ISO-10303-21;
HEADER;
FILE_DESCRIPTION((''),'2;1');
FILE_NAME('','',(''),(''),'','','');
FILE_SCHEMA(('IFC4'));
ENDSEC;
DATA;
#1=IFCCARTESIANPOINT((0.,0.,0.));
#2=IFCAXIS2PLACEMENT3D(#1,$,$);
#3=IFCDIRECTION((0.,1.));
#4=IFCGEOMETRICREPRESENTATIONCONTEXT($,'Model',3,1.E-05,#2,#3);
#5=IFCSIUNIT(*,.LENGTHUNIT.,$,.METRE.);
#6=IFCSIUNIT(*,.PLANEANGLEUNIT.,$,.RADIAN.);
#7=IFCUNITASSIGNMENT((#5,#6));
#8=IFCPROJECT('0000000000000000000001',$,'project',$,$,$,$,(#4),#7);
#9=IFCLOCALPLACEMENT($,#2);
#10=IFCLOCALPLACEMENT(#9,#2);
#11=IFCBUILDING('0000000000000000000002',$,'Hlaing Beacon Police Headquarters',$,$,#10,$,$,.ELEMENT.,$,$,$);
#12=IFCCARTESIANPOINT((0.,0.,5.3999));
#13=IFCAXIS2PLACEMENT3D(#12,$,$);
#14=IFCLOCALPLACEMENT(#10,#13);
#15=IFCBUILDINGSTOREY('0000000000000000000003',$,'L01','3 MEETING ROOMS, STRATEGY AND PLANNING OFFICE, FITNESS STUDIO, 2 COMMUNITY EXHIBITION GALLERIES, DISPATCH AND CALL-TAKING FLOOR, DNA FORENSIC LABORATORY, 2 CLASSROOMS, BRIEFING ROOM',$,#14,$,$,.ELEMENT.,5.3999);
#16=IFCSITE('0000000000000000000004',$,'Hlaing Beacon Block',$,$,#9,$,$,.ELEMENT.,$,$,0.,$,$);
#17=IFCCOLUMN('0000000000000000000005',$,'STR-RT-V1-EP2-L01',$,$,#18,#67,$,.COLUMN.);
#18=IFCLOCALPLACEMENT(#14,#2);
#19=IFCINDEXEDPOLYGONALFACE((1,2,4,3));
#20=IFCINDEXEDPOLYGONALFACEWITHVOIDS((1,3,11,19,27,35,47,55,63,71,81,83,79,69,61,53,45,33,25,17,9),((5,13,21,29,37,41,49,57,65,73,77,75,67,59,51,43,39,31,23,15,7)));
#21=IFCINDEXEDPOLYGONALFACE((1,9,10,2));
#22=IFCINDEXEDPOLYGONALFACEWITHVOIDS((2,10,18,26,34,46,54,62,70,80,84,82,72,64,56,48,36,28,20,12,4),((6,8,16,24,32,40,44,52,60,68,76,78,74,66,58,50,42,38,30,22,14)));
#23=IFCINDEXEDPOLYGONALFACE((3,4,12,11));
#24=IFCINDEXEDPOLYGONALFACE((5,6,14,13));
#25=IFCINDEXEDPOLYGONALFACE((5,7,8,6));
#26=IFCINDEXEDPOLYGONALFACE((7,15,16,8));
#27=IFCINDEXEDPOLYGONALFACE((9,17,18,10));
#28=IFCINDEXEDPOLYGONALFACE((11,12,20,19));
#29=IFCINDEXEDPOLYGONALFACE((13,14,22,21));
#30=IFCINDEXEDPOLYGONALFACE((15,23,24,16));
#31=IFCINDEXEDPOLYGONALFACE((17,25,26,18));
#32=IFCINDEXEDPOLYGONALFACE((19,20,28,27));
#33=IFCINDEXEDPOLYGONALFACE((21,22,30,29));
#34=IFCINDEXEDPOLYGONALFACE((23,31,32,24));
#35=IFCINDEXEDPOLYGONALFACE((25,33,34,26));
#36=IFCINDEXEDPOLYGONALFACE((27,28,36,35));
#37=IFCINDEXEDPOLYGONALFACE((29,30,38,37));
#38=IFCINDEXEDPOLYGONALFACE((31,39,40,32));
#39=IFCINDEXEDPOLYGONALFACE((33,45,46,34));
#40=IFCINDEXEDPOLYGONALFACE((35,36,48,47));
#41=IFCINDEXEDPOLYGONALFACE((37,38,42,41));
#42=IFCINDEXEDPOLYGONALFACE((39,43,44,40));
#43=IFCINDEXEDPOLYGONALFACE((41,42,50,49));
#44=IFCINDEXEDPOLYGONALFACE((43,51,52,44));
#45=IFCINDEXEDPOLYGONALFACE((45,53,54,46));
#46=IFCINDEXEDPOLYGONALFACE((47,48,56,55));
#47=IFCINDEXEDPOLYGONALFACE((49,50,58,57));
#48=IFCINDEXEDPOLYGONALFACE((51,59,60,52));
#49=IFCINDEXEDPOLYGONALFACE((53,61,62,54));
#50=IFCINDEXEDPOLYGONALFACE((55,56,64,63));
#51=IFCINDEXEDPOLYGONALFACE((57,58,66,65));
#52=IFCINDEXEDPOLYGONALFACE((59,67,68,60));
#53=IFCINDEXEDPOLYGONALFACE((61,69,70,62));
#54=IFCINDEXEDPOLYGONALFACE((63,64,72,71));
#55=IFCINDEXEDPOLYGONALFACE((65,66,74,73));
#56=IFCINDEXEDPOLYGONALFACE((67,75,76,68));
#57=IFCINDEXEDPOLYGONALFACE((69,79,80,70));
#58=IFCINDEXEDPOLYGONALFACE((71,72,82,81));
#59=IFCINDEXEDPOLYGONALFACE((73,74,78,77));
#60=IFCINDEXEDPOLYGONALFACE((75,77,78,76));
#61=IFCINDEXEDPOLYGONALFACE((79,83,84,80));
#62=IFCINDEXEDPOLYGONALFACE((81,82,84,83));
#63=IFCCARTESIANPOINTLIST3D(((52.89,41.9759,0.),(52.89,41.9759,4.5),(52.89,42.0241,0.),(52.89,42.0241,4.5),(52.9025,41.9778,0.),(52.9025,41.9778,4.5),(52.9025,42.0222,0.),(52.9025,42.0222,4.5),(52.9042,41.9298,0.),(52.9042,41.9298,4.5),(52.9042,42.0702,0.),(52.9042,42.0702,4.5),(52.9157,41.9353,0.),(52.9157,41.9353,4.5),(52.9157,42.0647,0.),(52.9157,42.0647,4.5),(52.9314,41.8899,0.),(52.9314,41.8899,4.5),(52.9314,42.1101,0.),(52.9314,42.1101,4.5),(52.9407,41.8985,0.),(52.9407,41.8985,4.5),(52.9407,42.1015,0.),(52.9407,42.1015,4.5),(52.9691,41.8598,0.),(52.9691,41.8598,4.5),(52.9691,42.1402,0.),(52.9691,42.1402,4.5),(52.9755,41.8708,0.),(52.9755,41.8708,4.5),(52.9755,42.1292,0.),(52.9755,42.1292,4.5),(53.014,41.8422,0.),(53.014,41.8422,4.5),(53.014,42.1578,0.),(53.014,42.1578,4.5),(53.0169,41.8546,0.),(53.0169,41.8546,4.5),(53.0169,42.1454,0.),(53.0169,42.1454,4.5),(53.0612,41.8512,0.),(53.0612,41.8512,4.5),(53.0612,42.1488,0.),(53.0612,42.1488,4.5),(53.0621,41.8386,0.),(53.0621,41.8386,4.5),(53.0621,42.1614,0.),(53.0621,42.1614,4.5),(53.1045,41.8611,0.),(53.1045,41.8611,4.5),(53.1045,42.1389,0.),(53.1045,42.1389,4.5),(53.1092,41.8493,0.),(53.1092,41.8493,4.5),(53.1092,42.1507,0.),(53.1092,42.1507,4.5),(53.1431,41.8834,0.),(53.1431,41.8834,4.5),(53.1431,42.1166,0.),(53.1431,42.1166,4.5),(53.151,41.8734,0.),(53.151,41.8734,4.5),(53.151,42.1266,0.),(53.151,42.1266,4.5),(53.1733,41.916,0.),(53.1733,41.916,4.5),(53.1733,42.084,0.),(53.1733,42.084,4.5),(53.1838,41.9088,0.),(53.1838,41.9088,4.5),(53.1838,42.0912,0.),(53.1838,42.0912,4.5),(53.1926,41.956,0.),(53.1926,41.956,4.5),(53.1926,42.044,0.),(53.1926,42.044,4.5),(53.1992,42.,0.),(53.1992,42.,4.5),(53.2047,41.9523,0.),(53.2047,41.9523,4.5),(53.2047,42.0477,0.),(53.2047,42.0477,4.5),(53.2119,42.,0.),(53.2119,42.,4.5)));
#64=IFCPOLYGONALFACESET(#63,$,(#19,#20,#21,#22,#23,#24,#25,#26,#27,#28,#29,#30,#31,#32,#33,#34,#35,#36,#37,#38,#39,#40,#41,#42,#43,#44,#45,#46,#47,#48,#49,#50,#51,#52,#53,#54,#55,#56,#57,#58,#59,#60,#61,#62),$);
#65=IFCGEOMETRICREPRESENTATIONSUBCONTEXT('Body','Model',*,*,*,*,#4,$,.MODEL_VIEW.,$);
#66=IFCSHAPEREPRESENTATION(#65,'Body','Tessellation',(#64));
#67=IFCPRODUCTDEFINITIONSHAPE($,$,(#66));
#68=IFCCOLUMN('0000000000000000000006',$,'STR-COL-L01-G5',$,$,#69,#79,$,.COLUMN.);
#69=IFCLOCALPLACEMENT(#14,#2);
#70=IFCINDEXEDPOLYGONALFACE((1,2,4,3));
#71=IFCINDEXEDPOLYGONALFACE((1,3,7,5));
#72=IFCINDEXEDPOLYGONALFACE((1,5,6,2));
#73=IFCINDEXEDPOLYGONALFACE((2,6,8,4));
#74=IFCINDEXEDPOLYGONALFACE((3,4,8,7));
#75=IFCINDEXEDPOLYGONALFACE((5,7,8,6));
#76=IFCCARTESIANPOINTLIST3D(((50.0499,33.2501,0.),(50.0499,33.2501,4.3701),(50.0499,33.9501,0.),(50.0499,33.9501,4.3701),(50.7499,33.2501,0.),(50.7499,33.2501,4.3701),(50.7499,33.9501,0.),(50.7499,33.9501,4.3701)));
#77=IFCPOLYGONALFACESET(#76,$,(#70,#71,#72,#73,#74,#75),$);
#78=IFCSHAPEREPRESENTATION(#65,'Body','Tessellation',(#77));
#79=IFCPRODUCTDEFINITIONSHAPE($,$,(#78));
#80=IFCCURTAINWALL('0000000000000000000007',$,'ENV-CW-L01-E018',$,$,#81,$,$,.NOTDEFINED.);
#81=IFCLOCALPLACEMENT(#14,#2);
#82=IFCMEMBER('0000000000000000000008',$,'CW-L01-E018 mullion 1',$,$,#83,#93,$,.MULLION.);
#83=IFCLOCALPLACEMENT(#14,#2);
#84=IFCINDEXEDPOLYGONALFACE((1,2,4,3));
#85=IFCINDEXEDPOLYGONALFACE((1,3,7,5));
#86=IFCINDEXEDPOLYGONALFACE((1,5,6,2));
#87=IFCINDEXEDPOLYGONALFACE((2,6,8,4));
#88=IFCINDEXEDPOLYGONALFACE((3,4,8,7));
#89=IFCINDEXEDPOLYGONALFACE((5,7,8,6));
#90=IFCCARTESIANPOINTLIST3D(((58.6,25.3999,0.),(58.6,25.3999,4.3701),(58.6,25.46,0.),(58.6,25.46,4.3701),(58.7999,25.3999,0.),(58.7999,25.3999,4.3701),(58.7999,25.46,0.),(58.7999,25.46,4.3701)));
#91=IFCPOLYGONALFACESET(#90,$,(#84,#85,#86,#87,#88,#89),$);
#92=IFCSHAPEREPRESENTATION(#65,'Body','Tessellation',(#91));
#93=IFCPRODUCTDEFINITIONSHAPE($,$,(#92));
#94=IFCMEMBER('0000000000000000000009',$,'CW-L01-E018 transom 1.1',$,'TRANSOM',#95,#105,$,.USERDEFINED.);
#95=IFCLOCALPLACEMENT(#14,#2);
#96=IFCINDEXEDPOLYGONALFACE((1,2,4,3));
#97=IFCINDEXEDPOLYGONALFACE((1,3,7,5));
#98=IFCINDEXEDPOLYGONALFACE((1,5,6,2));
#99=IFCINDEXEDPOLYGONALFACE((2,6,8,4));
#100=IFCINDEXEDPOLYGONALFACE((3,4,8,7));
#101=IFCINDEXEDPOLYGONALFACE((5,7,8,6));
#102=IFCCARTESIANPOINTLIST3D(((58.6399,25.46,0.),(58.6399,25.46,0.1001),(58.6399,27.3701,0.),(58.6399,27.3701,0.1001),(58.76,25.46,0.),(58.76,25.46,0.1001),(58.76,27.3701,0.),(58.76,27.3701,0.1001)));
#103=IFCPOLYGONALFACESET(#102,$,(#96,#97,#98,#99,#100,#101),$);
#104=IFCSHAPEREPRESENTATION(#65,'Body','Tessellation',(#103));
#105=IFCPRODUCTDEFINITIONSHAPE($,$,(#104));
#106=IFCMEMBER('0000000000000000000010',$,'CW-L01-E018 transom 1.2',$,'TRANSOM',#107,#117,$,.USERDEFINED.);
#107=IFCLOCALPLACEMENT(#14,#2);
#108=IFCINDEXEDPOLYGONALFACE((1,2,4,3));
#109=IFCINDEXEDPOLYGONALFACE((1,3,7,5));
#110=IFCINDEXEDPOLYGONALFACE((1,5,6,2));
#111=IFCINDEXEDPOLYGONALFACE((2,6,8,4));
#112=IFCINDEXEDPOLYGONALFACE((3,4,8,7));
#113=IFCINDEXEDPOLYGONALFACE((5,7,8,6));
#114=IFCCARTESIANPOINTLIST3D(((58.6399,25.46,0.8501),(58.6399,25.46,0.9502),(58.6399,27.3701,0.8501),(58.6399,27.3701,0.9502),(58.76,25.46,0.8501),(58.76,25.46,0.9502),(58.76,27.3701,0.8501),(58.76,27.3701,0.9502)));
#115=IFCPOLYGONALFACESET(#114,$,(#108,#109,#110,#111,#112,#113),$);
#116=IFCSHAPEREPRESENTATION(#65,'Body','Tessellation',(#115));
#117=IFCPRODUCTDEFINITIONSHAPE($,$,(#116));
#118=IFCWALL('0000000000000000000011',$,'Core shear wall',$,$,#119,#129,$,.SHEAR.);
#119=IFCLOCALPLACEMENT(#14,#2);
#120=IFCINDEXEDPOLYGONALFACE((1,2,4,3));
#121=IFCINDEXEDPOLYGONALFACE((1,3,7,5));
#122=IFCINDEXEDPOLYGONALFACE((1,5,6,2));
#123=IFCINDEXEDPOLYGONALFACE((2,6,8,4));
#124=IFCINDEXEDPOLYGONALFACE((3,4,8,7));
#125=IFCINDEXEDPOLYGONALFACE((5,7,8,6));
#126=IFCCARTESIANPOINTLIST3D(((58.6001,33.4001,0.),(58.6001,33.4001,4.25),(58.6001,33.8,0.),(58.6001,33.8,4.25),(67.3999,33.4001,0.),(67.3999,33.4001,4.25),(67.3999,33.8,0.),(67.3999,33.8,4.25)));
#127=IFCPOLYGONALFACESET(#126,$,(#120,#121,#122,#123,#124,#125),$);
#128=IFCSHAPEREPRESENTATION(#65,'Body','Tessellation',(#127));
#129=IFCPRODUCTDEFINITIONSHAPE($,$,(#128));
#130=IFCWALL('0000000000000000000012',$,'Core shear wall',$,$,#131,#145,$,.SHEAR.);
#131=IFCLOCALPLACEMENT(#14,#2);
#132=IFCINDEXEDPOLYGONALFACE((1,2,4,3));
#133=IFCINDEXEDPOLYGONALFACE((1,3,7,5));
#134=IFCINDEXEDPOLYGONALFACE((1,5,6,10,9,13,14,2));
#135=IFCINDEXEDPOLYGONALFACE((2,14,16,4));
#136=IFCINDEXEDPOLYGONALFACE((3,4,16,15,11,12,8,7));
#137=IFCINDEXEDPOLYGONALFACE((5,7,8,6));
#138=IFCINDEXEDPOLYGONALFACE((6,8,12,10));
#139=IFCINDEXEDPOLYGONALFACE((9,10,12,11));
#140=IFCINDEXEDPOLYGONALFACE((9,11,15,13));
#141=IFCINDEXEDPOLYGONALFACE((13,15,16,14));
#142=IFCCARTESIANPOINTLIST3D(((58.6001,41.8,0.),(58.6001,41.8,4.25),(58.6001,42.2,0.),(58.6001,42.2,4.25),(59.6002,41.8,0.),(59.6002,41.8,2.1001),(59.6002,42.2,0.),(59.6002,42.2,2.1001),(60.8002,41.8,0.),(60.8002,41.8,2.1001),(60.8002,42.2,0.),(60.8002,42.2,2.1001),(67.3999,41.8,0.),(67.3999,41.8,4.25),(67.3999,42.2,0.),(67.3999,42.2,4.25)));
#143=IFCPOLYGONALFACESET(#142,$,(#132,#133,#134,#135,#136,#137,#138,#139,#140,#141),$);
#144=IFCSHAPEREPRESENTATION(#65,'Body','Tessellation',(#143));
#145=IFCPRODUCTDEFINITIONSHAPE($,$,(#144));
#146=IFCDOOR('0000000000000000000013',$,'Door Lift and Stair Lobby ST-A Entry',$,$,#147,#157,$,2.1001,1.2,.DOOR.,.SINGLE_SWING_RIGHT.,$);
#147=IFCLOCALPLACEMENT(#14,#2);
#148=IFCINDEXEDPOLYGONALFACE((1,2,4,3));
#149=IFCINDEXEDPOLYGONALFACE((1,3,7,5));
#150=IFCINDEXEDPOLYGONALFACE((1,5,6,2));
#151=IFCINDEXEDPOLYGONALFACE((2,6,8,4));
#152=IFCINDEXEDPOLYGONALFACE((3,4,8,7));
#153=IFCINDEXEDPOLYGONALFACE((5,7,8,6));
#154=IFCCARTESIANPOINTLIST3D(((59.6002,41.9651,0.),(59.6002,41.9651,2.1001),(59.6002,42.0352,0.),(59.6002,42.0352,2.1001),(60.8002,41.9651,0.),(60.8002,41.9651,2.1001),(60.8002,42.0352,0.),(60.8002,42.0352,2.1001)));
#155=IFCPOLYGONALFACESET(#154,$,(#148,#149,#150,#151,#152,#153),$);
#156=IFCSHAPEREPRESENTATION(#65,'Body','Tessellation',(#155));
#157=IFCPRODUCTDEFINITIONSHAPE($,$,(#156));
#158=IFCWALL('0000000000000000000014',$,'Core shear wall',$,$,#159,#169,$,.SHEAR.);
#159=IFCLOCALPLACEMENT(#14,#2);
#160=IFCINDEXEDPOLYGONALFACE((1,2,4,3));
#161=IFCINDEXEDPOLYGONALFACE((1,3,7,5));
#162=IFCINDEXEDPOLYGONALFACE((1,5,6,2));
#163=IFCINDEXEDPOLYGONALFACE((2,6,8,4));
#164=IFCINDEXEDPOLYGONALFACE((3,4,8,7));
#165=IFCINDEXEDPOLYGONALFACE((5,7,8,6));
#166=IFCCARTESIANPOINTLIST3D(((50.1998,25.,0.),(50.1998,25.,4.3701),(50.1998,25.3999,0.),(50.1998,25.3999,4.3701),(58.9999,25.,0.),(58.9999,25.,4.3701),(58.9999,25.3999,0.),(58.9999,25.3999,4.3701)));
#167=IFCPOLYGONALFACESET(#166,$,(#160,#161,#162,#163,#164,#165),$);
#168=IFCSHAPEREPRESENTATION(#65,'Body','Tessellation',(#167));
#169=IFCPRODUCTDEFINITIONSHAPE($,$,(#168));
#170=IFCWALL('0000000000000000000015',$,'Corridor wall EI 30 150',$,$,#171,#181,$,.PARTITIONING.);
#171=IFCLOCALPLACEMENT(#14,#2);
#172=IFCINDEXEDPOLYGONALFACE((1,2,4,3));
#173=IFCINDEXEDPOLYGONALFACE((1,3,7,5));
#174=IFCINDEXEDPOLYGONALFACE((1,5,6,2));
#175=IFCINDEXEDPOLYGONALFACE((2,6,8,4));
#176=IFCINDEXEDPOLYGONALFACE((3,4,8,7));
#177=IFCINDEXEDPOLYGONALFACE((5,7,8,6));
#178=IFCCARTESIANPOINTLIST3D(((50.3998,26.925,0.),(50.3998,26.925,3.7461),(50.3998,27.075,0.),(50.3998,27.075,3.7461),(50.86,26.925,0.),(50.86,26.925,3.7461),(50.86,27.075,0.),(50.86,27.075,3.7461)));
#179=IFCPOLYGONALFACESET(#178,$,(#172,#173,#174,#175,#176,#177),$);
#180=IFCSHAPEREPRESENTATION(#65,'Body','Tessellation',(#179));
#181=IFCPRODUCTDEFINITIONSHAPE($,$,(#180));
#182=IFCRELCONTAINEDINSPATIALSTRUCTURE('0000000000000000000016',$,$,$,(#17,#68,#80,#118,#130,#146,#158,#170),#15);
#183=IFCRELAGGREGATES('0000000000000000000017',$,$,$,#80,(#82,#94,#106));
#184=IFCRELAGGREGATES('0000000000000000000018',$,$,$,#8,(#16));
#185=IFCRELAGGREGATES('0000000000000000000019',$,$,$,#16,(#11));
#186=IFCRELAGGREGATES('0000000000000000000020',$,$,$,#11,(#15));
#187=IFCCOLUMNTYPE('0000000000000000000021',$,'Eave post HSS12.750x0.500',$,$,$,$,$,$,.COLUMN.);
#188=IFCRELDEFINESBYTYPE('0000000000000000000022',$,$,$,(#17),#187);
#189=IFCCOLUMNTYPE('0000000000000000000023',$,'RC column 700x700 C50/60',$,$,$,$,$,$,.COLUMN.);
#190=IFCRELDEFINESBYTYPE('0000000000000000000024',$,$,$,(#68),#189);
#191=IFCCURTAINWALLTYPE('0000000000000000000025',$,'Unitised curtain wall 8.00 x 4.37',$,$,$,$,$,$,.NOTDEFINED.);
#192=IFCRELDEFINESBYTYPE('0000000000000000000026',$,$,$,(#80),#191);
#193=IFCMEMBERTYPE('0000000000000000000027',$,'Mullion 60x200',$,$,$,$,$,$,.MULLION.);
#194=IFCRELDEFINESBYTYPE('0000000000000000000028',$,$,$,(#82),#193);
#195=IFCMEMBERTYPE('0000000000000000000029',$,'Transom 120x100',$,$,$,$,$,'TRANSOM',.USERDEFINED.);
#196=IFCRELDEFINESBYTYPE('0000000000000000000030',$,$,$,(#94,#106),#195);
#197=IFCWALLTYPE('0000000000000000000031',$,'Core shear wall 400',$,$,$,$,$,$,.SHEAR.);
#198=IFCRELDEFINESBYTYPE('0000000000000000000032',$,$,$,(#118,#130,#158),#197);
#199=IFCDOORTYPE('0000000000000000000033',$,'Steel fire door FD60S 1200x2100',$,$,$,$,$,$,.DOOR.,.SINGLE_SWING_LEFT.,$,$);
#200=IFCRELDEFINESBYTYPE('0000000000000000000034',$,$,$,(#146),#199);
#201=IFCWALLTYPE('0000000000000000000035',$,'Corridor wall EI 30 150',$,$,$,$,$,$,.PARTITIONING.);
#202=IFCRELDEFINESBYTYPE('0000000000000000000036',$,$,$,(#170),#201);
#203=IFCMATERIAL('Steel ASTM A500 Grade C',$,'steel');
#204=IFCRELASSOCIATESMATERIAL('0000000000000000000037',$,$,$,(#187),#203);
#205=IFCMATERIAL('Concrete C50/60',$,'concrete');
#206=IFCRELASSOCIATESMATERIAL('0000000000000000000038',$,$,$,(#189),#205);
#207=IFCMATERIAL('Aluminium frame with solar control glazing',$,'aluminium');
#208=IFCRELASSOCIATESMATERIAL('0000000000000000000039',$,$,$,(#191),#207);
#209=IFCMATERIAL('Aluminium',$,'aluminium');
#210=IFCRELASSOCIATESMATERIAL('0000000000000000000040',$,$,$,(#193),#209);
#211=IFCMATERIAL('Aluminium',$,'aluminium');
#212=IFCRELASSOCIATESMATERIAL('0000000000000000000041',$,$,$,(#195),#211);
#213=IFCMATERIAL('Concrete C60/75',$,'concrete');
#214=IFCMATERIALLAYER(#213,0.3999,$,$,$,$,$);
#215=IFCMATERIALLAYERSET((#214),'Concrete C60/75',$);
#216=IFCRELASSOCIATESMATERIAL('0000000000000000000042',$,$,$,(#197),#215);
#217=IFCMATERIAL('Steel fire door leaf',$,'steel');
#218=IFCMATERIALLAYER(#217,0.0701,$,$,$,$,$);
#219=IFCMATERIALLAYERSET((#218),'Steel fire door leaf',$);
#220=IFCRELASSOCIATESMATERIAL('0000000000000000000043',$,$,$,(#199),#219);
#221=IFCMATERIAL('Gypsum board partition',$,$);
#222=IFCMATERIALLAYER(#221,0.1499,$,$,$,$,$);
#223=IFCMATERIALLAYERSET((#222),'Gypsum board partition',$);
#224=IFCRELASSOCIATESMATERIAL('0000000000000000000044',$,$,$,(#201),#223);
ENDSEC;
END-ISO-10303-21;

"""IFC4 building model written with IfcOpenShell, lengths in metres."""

from ifc_helpers import new_model, si_unit, direction, frame, frame_2d, origin, origin_2d, place, context, subcontext, project, spatial, rectangle, hollow_circle, extrude, material, layer, layer_set, material_profile, profile_set, type_object, element, fill, aggregate, save


model = new_model("IFC4")

# Units and contexts
model_context = context("Model", 3, precision=1e-05, world=origin(), true_north=direction((0.0, 1.0)))
body_context = subcontext(model_context, "Body", "Model", "MODEL_VIEW")
ifc_project = project(units=[si_unit("LENGTHUNIT", "METRE"), si_unit("PLANEANGLEUNIT", "RADIAN")], contexts=[model_context])

# Site, building, storey
site_placement = place(None, origin())
site = spatial("IfcSite", under=ifc_project, at=site_placement, Name="Hlaing Beacon Block", CompositionType="ELEMENT", RefElevation=0.0)
building_placement = place(site_placement, origin())
building = spatial("IfcBuilding", under=site, at=building_placement, Name="Hlaing Beacon Police Headquarters", CompositionType="ELEMENT")
storey_placement = place(building_placement, frame((0.0, 0.0, 5.3999)))
storey = spatial("IfcBuildingStorey", under=building, at=storey_placement, Name="L01", Description="3 MEETING ROOMS, STRATEGY AND PLANNING OFFICE, FITNESS STUDIO, 2 COMMUNITY EXHIBITION GALLERIES, DISPATCH AND CALL-TAKING FLOOR, DNA FORENSIC LABORATORY, 2 CLASSROOMS, BRIEFING ROOM", CompositionType="ELEMENT", Elevation=5.3999)

# Columns
ifc_material_1 = material(Name="Steel ASTM A500 Grade C", Category="steel")
ifc_material_profile_1 = material_profile(ifc_material_1, hollow_circle(Radius=0.1619, WallThickness=0.0127, at=origin_2d()), Name="HSS12.750x0.500")
ifc_profile_set_1 = profile_set([ifc_material_profile_1], Name="Steel ASTM A500 Grade C")
column_type_1 = type_object("IfcColumnType", Name="Eave post HSS12.750x0.500", PredefinedType="COLUMN", material=ifc_profile_set_1)
column_1_placement = place(storey_placement, frame((53.05, 42.0, 0.0), z_axis=(0.0, 0.0, 1.0), x_axis=(1.0, 0.0, 0.0)))
element("IfcColumn", 1, at=column_1_placement, inside=storey, type_object=column_type_1, Name="STR-RT-V1-EP2-L01", PredefinedType="COLUMN", context=body_context, shape_type="SweptSolid", body=[
    extrude(hollow_circle(Radius=0.1619, WallThickness=0.0127, at=origin_2d()), origin(), (0.0, 0.0, 1.0), 4.5),
])
ifc_material_2 = material(Name="Concrete C50/60", Category="concrete")
ifc_material_profile_2 = material_profile(ifc_material_2, rectangle(XDim=0.7, YDim=0.7, at=origin_2d()), Name="700x700")
ifc_profile_set_2 = profile_set([ifc_material_profile_2], Name="Concrete C50/60")
column_type_2 = type_object("IfcColumnType", Name="RC column 700x700 C50/60", PredefinedType="COLUMN", material=ifc_profile_set_2)
column_2_placement = place(storey_placement, frame((50.3999, 33.6001, 0.0), z_axis=(0.0, 0.0, 1.0), x_axis=(1.0, 0.0, 0.0)))
element("IfcColumn", 2, at=column_2_placement, inside=storey, type_object=column_type_2, Name="STR-COL-L01-G5", PredefinedType="COLUMN", context=body_context, shape_type="SweptSolid", body=[
    extrude(rectangle(XDim=0.7, YDim=0.7, at=origin_2d()), origin(), (0.0, 0.0, 1.0), 4.3701),
])

# Curtain wall, members
ifc_material_3 = material(Name="Aluminium frame with solar control glazing", Category="aluminium")
curtain_wall_type = type_object("IfcCurtainWallType", Name="Unitised curtain wall 8.00 x 4.37", PredefinedType="NOTDEFINED", material=ifc_material_3)
curtain_wall_placement = place(storey_placement, origin())
curtain_wall = element("IfcCurtainWall", 3, at=curtain_wall_placement, inside=storey, type_object=curtain_wall_type, Name="ENV-CW-L01-E018", PredefinedType="NOTDEFINED")
ifc_material_4 = material(Name="Aluminium", Category="aluminium")
ifc_material_profile_3 = material_profile(ifc_material_4, rectangle(XDim=0.2, YDim=0.0601, at=origin_2d()), Name="Mullion 60x200")
ifc_profile_set_3 = profile_set([ifc_material_profile_3], Name="Aluminium")
member_type_1 = type_object("IfcMemberType", Name="Mullion 60x200", PredefinedType="MULLION", material=ifc_profile_set_3)
member_1_placement = place(storey_placement, frame((58.7, 25.4299, 0.0), z_axis=(0.0, 0.0, 1.0), x_axis=(-1.0, 0.0, 0.0)))
member_1 = element("IfcMember", 4, at=member_1_placement, type_object=member_type_1, Name="CW-L01-E018 mullion 1", PredefinedType="MULLION", context=body_context, shape_type="SweptSolid", body=[
    extrude(rectangle(XDim=0.2, YDim=0.0601, at=origin_2d()), origin(), (0.0, 0.0, 1.0), 4.3701),
])
ifc_material_5 = material(Name="Aluminium", Category="aluminium")
ifc_material_profile_4 = material_profile(ifc_material_5, rectangle(XDim=0.1201, YDim=0.1001, at=origin_2d()), Name="Transom 120x100")
ifc_profile_set_4 = profile_set([ifc_material_profile_4], Name="Aluminium")
member_type_2 = type_object("IfcMemberType", Name="Transom 120x100", ElementType="TRANSOM", PredefinedType="USERDEFINED", material=ifc_profile_set_4)
member_2_placement = place(storey_placement, frame((58.7, 25.46, 0.05), z_axis=(0.0, 1.0, 0.0), x_axis=(-1.0, 0.0, 0.0)))
member_2 = element("IfcMember", 5, at=member_2_placement, type_object=member_type_2, Name="CW-L01-E018 transom 1.1", ObjectType="TRANSOM", PredefinedType="USERDEFINED", context=body_context, shape_type="SweptSolid", body=[
    extrude(rectangle(XDim=0.1201, YDim=0.1001, at=origin_2d()), origin(), (0.0, 0.0, 1.0), 1.9102),
])
member_3_placement = place(storey_placement, frame((58.7, 25.46, 0.9001), z_axis=(0.0, 1.0, 0.0), x_axis=(-1.0, 0.0, 0.0)))
member_3 = element("IfcMember", 6, at=member_3_placement, type_object=member_type_2, Name="CW-L01-E018 transom 1.2", ObjectType="TRANSOM", PredefinedType="USERDEFINED", context=body_context, shape_type="SweptSolid", body=[
    extrude(rectangle(XDim=0.1201, YDim=0.1001, at=origin_2d()), origin(), (0.0, 0.0, 1.0), 1.9102),
])
aggregate(curtain_wall, [member_1, member_2, member_3])

# Wall
ifc_material_6 = material(Name="Concrete C60/75", Category="concrete")
ifc_layer_1 = layer(ifc_material_6, 0.3999)
ifc_layer_set_1 = layer_set([ifc_layer_1], Name="Concrete C60/75")
wall_type_1 = type_object("IfcWallType", Name="Core shear wall 400", PredefinedType="SHEAR", material=ifc_layer_set_1)
wall_1_placement = place(storey_placement, frame((58.6001, 33.6001, 0.0), z_axis=(0.0, 0.0, 1.0), x_axis=(1.0, 0.0, 0.0)))
element("IfcWall", 7, at=wall_1_placement, inside=storey, type_object=wall_type_1, Name="Core shear wall", PredefinedType="SHEAR", context=body_context, shape_type="SweptSolid", body=[
    extrude(rectangle(XDim=8.7998, YDim=0.3999, at=frame_2d((4.3999, 0.0))), origin(), (0.0, 0.0, 1.0), 4.25),
])

# Wall, opening, door
wall_2_placement = place(storey_placement, frame((58.6001, 42.0, 0.0), z_axis=(0.0, 0.0, 1.0), x_axis=(1.0, 0.0, 0.0)))
wall_2 = element("IfcWall", 8, at=wall_2_placement, inside=storey, type_object=wall_type_1, Name="Core shear wall", PredefinedType="SHEAR", context=body_context, shape_type="SweptSolid", body=[
    extrude(rectangle(XDim=8.7998, YDim=0.3999, at=frame_2d((4.3999, 0.0))), origin(), (0.0, 0.0, 1.0), 4.25),
])
opening_1_placement = place(wall_2_placement, frame((1.0, 0.0, 0.0)))
opening_1 = element("IfcOpeningElement", 9, at=opening_1_placement, cuts=wall_2, PredefinedType="OPENING", context=body_context, shape_type="SweptSolid", body=[
    extrude(rectangle(XDim=1.2, YDim=2.1001, at=frame_2d((0.6001, 1.05))), frame((0.0, 0.21, 0.0), z_axis=(0.0, -1.0, 0.0), x_axis=(1.0, 0.0, 0.0)), (0.0, 0.0, 1.0), 0.4199),
])
ifc_material_7 = material(Name="Steel fire door leaf", Category="steel")
ifc_layer_2 = layer(ifc_material_7, 0.0701)
ifc_layer_set_2 = layer_set([ifc_layer_2], Name="Steel fire door leaf")
door_type_1 = type_object("IfcDoorType", Name="Steel fire door FD60S 1200x2100", OperationType="SINGLE_SWING_LEFT", PredefinedType="DOOR", material=ifc_layer_set_2)
door_1_placement = place(opening_1_placement, frame((1.2, 0.0, 0.0), z_axis=(0.0, 0.0, 1.0), x_axis=(-1.0, 0.0, 0.0)))
door_1 = element("IfcDoor", 10, at=door_1_placement, inside=storey, type_object=door_type_1, Name="Door Lift and Stair Lobby ST-A Entry", OperationType="SINGLE_SWING_RIGHT", OverallHeight=2.1001, OverallWidth=1.2, PredefinedType="DOOR", context=body_context, shape_type="SweptSolid", body=[
    extrude(rectangle(XDim=1.2, YDim=2.1001, at=frame_2d((0.5999, 1.05))), frame((0.0, 0.0349, 0.0), z_axis=(0.0, -1.0, 0.0), x_axis=(1.0, 0.0, 0.0)), (0.0, 0.0, 1.0), 0.0701),
])
fill(opening_1, door_1)

# Walls
wall_3_placement = place(storey_placement, frame((50.2, 25.2, 0.0), z_axis=(0.0, 0.0, 1.0), x_axis=(1.0, 0.0, 0.0)))
element("IfcWall", 11, at=wall_3_placement, inside=storey, type_object=wall_type_1, Name="Core shear wall", PredefinedType="SHEAR", context=body_context, shape_type="SweptSolid", body=[
    extrude(rectangle(XDim=8.8, YDim=0.3999, at=frame_2d((4.3999, 0.0))), origin(), (0.0, 0.0, 1.0), 4.3701),
])
ifc_material_8 = material(Name="Gypsum board partition")
ifc_layer_3 = layer(ifc_material_8, 0.1499)
ifc_layer_set_3 = layer_set([ifc_layer_3], Name="Gypsum board partition")
wall_type_2 = type_object("IfcWallType", Name="Corridor wall EI 30 150", PredefinedType="PARTITIONING", material=ifc_layer_set_3)
wall_4_placement = place(storey_placement, frame((50.3999, 27.0, 0.0), z_axis=(0.0, 0.0, 1.0), x_axis=(1.0, 0.0, 0.0)))
element("IfcWall", 12, at=wall_4_placement, inside=storey, type_object=wall_type_2, Name="Corridor wall EI 30 150", PredefinedType="PARTITIONING", context=body_context, shape_type="SweptSolid", body=[
    extrude(rectangle(XDim=0.4602, YDim=0.1499, at=frame_2d((0.23, 0.0))), origin(), (0.0, 0.0, 1.0), 3.7461),
])

save(model, "model.ifc")
